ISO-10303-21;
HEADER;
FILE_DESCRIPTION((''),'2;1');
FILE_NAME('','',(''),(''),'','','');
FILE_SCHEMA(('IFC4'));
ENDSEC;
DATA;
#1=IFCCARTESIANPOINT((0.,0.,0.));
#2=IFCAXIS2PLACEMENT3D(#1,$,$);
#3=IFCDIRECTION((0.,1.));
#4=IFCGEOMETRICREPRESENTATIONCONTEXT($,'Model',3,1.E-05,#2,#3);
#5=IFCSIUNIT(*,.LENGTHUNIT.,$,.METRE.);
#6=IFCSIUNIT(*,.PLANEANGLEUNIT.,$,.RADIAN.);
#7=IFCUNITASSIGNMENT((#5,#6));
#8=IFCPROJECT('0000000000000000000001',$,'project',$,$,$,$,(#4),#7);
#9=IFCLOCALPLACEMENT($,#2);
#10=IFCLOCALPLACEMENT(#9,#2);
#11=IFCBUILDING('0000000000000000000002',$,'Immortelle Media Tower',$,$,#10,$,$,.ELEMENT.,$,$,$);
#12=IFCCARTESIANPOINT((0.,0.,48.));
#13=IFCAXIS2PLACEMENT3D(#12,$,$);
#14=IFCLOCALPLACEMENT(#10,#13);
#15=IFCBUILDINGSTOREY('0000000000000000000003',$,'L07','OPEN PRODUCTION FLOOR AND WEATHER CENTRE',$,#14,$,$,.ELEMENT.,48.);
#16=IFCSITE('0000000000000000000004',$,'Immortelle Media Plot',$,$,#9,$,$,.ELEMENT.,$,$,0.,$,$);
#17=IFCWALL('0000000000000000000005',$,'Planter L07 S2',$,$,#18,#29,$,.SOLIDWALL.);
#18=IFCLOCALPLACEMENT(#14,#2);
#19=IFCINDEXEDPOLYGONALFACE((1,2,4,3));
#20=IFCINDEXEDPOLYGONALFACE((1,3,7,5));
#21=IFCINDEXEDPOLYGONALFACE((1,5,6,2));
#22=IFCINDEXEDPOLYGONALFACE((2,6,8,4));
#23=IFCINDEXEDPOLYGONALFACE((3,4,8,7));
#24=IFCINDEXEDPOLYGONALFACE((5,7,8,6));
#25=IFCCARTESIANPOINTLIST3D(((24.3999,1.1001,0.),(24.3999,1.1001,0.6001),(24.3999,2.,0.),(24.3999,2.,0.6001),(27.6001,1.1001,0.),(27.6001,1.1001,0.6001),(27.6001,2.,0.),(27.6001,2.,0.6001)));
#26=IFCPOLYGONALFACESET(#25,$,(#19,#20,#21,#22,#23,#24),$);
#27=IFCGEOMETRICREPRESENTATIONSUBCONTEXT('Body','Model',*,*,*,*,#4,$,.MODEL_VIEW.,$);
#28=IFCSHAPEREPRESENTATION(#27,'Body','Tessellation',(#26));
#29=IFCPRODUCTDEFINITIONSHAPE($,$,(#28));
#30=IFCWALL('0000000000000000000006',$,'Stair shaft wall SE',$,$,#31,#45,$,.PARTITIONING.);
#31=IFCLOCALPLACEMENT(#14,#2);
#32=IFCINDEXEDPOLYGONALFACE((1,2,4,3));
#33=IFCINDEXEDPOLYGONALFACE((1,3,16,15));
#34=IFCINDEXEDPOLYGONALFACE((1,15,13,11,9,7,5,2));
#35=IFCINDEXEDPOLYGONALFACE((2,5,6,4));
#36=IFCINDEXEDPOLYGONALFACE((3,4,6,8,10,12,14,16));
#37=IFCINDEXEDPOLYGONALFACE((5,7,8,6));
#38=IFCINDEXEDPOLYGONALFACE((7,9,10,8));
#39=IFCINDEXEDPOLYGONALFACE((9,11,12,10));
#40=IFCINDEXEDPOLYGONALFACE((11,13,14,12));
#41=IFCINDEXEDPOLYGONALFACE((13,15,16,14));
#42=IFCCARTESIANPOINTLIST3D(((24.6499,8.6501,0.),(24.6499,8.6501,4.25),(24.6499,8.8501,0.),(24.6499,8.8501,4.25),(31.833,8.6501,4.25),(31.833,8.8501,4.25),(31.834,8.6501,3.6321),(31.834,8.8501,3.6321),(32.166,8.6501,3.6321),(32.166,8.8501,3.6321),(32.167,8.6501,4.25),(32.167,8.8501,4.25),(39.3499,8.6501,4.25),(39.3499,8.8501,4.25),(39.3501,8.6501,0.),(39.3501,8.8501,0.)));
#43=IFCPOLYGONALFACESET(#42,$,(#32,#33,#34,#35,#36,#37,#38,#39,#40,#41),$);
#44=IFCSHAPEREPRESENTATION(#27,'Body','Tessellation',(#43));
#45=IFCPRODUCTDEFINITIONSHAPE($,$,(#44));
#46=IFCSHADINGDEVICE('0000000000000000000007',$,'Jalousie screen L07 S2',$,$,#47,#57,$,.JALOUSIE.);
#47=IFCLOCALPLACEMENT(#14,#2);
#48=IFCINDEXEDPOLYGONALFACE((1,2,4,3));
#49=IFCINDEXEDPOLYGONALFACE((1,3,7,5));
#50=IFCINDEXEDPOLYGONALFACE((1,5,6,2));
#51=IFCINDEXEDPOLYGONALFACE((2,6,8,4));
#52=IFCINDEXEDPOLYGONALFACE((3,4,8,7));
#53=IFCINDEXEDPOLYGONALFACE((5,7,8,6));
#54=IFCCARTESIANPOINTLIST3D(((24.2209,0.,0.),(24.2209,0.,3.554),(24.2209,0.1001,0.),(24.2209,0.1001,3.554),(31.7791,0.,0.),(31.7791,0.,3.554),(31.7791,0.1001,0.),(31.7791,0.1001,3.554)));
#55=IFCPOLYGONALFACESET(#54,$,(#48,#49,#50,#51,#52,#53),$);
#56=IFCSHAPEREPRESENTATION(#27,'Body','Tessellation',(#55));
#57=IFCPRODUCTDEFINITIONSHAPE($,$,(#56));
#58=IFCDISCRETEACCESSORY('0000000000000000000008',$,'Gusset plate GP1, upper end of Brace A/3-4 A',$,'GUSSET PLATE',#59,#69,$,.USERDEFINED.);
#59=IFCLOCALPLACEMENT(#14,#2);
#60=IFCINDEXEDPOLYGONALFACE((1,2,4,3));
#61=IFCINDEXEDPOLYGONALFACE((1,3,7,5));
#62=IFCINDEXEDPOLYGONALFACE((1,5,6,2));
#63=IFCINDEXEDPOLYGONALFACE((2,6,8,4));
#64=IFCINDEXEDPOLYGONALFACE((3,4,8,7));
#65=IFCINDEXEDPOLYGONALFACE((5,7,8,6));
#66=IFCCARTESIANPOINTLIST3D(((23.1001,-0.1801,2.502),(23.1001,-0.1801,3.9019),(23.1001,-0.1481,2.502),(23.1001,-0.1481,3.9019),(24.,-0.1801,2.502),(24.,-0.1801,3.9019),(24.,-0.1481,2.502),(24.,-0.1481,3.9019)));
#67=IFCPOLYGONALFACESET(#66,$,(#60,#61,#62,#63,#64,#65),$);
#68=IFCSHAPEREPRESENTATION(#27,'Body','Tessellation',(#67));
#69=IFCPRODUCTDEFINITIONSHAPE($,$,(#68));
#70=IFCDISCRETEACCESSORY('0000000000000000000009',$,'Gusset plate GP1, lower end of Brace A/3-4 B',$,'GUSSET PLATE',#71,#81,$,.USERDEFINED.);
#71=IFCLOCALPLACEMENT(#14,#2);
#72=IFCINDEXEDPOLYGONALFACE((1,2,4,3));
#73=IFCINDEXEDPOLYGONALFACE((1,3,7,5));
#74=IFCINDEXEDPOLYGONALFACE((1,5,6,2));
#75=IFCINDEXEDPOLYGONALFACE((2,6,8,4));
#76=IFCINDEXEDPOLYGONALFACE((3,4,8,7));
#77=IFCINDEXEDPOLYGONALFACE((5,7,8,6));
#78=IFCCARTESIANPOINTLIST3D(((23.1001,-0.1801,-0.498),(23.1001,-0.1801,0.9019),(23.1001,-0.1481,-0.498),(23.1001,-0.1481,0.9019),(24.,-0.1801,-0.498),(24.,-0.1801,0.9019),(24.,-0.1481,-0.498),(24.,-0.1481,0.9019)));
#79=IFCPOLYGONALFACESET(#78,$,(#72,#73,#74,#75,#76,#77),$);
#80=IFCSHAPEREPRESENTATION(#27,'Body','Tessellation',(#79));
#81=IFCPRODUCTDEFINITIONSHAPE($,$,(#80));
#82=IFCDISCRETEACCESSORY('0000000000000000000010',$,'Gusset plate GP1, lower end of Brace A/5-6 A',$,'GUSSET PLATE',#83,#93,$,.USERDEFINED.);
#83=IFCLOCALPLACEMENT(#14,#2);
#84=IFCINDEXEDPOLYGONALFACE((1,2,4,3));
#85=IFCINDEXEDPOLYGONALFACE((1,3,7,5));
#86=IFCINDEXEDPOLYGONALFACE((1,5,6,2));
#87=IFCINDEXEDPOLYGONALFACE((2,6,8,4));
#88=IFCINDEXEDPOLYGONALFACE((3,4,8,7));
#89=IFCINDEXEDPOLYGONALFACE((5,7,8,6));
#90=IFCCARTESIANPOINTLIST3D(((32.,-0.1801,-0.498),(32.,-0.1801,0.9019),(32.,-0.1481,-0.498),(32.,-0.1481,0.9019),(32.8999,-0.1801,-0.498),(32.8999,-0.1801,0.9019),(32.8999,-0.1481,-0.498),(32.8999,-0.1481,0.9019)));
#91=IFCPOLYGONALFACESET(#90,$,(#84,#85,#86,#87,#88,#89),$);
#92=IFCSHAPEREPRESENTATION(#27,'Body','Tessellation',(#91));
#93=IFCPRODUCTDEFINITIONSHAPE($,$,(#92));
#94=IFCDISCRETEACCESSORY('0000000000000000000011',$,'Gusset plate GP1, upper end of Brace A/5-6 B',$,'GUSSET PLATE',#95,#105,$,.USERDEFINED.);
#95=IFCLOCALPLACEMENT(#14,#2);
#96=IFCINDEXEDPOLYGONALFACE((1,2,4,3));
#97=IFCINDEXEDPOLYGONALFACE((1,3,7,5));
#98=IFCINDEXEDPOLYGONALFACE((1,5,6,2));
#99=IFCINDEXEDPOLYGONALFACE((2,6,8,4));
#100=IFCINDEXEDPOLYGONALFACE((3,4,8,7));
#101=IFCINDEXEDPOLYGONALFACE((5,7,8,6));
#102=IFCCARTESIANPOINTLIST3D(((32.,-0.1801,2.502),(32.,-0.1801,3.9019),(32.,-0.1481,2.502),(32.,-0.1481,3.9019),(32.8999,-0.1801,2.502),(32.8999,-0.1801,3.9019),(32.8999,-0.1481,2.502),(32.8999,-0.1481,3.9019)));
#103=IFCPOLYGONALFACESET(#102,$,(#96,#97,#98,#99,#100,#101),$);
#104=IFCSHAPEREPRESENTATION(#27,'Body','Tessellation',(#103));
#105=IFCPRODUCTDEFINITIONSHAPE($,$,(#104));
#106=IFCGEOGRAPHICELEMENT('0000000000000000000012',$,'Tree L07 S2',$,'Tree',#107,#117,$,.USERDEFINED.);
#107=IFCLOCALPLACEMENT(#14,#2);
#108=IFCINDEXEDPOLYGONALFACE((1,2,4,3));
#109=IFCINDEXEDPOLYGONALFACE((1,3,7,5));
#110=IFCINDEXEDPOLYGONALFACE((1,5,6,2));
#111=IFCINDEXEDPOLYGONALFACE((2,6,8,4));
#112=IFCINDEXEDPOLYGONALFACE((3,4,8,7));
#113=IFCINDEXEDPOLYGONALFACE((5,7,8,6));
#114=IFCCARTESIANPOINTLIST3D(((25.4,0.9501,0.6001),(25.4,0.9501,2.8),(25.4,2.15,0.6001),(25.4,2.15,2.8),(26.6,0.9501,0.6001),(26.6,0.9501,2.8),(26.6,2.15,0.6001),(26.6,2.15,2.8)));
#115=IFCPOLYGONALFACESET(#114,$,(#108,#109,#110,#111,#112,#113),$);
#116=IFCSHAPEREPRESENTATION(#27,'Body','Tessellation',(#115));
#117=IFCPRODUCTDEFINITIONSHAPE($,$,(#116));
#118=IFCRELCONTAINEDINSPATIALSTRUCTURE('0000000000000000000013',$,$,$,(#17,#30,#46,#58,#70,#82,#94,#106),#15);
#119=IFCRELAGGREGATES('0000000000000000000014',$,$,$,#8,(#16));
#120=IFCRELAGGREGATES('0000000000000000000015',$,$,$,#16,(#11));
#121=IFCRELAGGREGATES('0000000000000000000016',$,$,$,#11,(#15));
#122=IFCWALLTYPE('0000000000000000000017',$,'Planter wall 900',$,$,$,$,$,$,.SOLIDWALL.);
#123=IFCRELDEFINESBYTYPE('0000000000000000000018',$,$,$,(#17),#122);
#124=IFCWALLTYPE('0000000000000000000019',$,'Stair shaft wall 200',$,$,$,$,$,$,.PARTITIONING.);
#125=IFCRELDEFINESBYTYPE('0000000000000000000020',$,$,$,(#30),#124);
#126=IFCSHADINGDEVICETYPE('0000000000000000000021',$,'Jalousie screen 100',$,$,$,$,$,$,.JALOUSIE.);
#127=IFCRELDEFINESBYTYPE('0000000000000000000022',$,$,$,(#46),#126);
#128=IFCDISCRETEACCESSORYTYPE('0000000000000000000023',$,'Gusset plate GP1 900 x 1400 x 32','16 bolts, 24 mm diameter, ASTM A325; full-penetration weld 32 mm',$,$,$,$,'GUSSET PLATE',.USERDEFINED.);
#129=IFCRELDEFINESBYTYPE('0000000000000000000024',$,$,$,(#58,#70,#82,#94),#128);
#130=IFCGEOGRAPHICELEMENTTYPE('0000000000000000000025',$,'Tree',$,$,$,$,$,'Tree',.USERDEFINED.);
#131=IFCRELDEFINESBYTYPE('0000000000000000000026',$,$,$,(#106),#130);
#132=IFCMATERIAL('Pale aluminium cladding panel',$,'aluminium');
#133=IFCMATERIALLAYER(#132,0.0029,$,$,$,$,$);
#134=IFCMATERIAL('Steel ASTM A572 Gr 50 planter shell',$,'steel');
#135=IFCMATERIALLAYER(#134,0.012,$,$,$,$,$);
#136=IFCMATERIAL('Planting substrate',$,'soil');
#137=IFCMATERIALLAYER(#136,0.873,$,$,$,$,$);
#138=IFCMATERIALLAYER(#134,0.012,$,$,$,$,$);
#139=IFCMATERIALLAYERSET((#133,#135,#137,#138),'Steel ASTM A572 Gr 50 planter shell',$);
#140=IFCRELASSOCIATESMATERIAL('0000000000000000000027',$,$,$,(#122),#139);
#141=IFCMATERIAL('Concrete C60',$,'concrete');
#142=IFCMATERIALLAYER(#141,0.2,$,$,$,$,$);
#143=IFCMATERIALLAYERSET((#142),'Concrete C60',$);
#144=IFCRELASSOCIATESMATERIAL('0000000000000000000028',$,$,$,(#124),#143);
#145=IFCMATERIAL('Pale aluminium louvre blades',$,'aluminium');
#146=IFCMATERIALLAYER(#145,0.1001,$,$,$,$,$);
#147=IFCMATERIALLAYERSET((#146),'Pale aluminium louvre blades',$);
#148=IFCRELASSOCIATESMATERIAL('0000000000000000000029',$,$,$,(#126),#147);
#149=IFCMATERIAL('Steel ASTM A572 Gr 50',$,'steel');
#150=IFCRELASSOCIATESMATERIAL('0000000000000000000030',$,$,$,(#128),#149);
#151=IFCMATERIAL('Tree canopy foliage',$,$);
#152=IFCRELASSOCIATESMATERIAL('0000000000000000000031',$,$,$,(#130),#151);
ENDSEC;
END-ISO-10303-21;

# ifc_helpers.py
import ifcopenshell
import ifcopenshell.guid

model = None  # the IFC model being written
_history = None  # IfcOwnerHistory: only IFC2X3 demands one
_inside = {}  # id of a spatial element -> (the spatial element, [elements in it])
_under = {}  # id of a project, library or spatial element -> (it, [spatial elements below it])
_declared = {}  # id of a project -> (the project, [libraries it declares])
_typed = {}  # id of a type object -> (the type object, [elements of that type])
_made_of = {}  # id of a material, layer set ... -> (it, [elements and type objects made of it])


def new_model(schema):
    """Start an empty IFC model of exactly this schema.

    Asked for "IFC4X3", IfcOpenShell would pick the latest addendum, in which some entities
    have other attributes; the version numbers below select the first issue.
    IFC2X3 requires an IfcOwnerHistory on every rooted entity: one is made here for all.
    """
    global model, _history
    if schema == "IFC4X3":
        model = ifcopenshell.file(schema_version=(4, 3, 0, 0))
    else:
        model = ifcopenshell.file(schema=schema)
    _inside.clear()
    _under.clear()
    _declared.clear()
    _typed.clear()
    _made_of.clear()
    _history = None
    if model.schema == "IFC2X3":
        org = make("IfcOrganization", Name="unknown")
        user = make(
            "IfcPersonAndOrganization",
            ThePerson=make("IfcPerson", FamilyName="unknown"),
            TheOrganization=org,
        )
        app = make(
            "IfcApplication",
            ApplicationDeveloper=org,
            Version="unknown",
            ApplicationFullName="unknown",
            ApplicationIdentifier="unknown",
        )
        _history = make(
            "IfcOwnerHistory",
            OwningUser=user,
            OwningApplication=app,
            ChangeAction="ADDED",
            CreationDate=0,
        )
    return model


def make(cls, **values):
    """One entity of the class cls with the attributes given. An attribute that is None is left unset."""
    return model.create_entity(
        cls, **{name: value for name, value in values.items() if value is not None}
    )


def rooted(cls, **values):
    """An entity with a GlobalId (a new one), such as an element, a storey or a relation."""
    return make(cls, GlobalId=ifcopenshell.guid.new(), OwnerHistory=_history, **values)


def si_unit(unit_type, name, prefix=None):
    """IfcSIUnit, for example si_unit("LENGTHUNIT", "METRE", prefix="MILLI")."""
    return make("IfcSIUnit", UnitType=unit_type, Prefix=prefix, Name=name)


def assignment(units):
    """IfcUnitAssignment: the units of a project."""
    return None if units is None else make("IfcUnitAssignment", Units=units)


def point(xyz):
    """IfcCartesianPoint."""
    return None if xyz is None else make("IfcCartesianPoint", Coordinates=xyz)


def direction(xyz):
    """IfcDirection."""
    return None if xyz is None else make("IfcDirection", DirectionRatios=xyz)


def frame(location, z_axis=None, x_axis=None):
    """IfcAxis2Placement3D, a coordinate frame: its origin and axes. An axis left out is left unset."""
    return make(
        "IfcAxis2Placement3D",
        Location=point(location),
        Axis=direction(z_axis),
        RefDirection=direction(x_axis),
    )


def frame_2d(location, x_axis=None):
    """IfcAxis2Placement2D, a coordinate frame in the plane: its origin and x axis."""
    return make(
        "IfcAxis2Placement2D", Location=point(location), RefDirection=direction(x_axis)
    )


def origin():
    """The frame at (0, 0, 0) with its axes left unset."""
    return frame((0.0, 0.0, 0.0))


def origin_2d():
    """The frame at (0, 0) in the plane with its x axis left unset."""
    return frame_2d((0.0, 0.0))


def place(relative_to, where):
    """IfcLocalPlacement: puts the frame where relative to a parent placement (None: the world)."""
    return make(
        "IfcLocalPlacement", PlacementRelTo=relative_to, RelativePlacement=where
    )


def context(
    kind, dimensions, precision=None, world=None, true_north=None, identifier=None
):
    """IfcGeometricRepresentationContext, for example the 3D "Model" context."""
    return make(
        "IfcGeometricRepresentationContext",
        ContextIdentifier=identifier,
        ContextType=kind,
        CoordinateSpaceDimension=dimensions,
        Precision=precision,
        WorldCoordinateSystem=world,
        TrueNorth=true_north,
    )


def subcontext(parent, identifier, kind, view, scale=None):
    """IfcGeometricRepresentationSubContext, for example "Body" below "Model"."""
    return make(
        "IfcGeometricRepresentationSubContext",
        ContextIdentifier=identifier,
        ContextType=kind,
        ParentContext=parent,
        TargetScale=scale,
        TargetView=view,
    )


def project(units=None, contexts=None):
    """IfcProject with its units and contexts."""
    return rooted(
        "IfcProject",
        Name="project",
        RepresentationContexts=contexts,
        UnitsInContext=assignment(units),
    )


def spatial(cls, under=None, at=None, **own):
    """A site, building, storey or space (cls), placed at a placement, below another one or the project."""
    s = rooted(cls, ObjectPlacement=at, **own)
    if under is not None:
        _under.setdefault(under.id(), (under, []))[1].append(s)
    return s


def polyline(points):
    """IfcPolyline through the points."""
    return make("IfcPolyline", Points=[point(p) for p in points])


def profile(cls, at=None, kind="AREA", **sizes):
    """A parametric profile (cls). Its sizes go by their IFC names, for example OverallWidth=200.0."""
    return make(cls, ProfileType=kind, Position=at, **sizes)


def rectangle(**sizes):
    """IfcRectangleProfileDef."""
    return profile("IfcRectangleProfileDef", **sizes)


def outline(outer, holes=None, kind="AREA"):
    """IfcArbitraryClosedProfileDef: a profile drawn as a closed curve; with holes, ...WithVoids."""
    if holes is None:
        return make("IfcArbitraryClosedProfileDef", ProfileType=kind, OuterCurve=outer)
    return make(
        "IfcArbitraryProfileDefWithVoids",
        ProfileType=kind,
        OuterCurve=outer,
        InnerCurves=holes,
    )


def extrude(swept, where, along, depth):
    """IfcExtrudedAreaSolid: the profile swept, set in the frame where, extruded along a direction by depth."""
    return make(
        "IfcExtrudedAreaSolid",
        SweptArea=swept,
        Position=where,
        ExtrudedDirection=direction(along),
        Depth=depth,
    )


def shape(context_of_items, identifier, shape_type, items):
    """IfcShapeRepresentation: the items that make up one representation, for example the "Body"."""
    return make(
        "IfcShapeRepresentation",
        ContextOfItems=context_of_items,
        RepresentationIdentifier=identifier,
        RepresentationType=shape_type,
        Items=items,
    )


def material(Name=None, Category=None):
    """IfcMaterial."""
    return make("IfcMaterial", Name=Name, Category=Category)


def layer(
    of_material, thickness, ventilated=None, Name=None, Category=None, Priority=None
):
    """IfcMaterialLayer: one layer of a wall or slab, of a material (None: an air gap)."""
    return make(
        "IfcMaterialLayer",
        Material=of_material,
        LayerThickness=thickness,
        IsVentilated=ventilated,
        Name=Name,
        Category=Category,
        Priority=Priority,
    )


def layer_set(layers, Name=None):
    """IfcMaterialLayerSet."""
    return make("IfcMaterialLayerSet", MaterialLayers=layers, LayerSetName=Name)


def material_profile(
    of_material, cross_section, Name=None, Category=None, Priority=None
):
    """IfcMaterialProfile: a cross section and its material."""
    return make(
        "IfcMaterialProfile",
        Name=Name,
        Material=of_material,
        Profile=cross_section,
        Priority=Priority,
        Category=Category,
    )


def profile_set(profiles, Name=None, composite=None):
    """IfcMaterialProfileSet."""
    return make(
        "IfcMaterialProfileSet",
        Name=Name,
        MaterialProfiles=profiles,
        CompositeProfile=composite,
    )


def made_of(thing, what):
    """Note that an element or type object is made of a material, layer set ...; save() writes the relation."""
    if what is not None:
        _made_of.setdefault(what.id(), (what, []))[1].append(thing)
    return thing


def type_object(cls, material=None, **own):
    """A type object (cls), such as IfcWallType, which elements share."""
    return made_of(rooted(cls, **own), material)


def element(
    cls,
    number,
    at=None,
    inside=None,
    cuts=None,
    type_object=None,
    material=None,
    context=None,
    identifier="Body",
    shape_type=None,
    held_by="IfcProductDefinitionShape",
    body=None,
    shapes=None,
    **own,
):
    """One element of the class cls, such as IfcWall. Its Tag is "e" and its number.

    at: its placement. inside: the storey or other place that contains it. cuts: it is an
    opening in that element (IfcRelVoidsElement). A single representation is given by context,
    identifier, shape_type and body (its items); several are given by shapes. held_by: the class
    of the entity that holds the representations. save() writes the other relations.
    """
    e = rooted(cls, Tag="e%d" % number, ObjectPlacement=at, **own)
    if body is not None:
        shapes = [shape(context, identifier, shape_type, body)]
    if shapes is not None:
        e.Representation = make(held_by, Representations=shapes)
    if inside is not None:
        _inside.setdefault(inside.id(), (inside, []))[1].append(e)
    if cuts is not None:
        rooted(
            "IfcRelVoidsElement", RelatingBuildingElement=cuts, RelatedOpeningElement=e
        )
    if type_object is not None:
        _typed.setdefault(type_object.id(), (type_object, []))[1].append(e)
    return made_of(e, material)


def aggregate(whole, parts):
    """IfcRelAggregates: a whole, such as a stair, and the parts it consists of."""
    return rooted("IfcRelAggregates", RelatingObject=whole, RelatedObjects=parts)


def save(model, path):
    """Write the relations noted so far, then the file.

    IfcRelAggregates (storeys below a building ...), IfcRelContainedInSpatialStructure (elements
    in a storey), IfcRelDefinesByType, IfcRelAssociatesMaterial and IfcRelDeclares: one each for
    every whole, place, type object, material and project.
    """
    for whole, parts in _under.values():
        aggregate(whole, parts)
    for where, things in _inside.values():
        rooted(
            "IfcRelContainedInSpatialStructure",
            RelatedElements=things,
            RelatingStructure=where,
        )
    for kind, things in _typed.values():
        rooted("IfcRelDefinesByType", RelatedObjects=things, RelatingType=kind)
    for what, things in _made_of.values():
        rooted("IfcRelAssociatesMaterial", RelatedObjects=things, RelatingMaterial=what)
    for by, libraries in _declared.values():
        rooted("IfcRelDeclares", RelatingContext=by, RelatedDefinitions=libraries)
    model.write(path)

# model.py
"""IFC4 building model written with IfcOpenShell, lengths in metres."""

from ifc_helpers import new_model, si_unit, direction, frame, frame_2d, origin, origin_2d, place, context, subcontext, project, spatial, polyline, rectangle, outline, extrude, material, layer, layer_set, material_profile, profile_set, type_object, element, save


model = new_model("IFC4")

# Units and contexts
model_context = context("Model", 3, precision=1e-05, world=origin(), true_north=direction((0.0, 1.0)))
body_context = subcontext(model_context, "Body", "Model", "MODEL_VIEW")
ifc_project = project(units=[si_unit("LENGTHUNIT", "METRE"), si_unit("PLANEANGLEUNIT", "RADIAN")], contexts=[model_context])

# Site, building, storey
site_placement = place(None, origin())
site = spatial("IfcSite", under=ifc_project, at=site_placement, Name="Immortelle Media Plot", CompositionType="ELEMENT", RefElevation=0.0)
building_placement = place(site_placement, origin())
building = spatial("IfcBuilding", under=site, at=building_placement, Name="Immortelle Media Tower", CompositionType="ELEMENT")
storey_placement = place(building_placement, frame((0.0, 0.0, 48.0)))
storey = spatial("IfcBuildingStorey", under=building, at=storey_placement, Name="L07", Description="OPEN PRODUCTION FLOOR AND WEATHER CENTRE", CompositionType="ELEMENT", Elevation=48.0)

# Shared definitions
ifc_material_1 = material(Name="Pale aluminium cladding panel", Category="aluminium")

# Walls
ifc_layer_1 = layer(ifc_material_1, 0.0029)
ifc_material_2 = material(Name="Steel ASTM A572 Gr 50 planter shell", Category="steel")
ifc_layer_2 = layer(ifc_material_2, 0.012)
ifc_material_3 = material(Name="Planting substrate", Category="soil")
ifc_layer_3 = layer(ifc_material_3, 0.873)
ifc_layer_4 = layer(ifc_material_2, 0.012)
ifc_layer_set_1 = layer_set([ifc_layer_1, ifc_layer_2, ifc_layer_3, ifc_layer_4], Name="Steel ASTM A572 Gr 50 planter shell")
wall_type_1 = type_object("IfcWallType", Name="Planter wall 900", PredefinedType="SOLIDWALL", material=ifc_layer_set_1)
wall_1_placement = place(storey_placement, frame((24.3999, 1.55, 0.0), z_axis=(0.0, 0.0, 1.0), x_axis=(1.0, 0.0, 0.0)))
element("IfcWall", 1, at=wall_1_placement, inside=storey, type_object=wall_type_1, Name="Planter L07 S2", PredefinedType="SOLIDWALL", context=body_context, shape_type="SweptSolid", body=[
    extrude(rectangle(XDim=3.2002, YDim=0.8999, at=frame_2d((1.6001, 0.0))), origin(), (0.0, 0.0, 1.0), 0.6001),
])
ifc_material_4 = material(Name="Concrete C60", Category="concrete")
ifc_layer_5 = layer(ifc_material_4, 0.2)
ifc_layer_set_2 = layer_set([ifc_layer_5], Name="Concrete C60")
wall_type_2 = type_object("IfcWallType", Name="Stair shaft wall 200", PredefinedType="PARTITIONING", material=ifc_layer_set_2)
wall_2_placement = place(storey_placement, frame((24.6499, 8.75, 0.0), z_axis=(0.0, 0.0, 1.0), x_axis=(1.0, 0.0, 0.0)))
element("IfcWall", 2, at=wall_2_placement, inside=storey, type_object=wall_type_2, Name="Stair shaft wall SE", PredefinedType="PARTITIONING", context=body_context, shape_type="SweptSolid", body=[
    extrude(outline(polyline([(0.0, 0.0), (14.7002, 0.0), (14.7, 4.25), (7.5171, 4.25), (7.5161, 3.6321), (7.1841, 3.6321), (7.1831, 4.25), (0.0, 4.25), (0.0, 0.0)])), frame((0.0, 0.1001, 0.0), z_axis=(0.0, -1.0, 0.0), x_axis=(1.0, 0.0, 0.0)), (0.0, 0.0, 1.0), 0.2),
])

# Shading device
ifc_material_5 = material(Name="Pale aluminium louvre blades", Category="aluminium")
ifc_layer_6 = layer(ifc_material_5, 0.1001)
ifc_layer_set_3 = layer_set([ifc_layer_6], Name="Pale aluminium louvre blades")
shading_device_type = type_object("IfcShadingDeviceType", Name="Jalousie screen 100", PredefinedType="JALOUSIE", material=ifc_layer_set_3)
shading_device_placement = place(storey_placement, frame((28.0, 0.05, 0.0), z_axis=(0.0, 0.0, 1.0), x_axis=(1.0, 0.0, 0.0)))
element("IfcShadingDevice", 3, at=shading_device_placement, inside=storey, type_object=shading_device_type, Name="Jalousie screen L07 S2", PredefinedType="JALOUSIE", context=body_context, shape_type="SweptSolid", body=[
    extrude(rectangle(XDim=7.5581, YDim=0.1001, at=origin_2d()), origin(), (0.0, 0.0, 1.0), 3.554),
])

# Discrete accessories
ifc_material_6 = material(Name="Steel ASTM A572 Gr 50", Category="steel")
ifc_material_profile_1 = material_profile(ifc_material_6, rectangle(XDim=0.032, YDim=1.3999, at=origin_2d()), Name="PL 32 x 1400")
ifc_profile_set_1 = profile_set([ifc_material_profile_1], Name="Steel ASTM A572 Gr 50")
discrete_accessory_type = type_object("IfcDiscreteAccessoryType", Name="Gusset plate GP1 900 x 1400 x 32", Description="16 bolts, 24 mm diameter, ASTM A325; full-penetration weld 32 mm", ElementType="GUSSET PLATE", PredefinedType="USERDEFINED", material=ifc_profile_set_1)
for number, where, z_axis, x_axis, name in (
    (4, (24.0, -0.1641, 3.2019), (-1.0, 0.0, 0.0), (0.0, -1.0, 0.0), "Gusset plate GP1, upper end of Brace A/3-4 A"),
    (5, (24.0, -0.1641, 0.2019), (-1.0, 0.0, 0.0), (0.0, -1.0, 0.0), "Gusset plate GP1, lower end of Brace A/3-4 B"),
    (6, (32.0, -0.1641, 0.2019), (1.0, 0.0, 0.0), (0.0, 1.0, 0.0), "Gusset plate GP1, lower end of Brace A/5-6 A"),
    (7, (32.0, -0.1641, 3.2019), (1.0, 0.0, 0.0), (0.0, 1.0, 0.0), "Gusset plate GP1, upper end of Brace A/5-6 B"),
):
    element("IfcDiscreteAccessory", number, at=place(storey_placement, frame(where, z_axis=z_axis, x_axis=x_axis)), inside=storey, type_object=discrete_accessory_type, Name=name, ObjectType="GUSSET PLATE", PredefinedType="USERDEFINED", context=body_context, shape_type="SweptSolid", body=[
        extrude(rectangle(XDim=0.032, YDim=1.3999, at=origin_2d()), origin(), (0.0, 0.0, 1.0), 0.8999),
    ])

# Geographic element
ifc_material_7 = material(Name="Tree canopy foliage")
geographic_element_type = type_object("IfcGeographicElementType", Name="Tree", ElementType="Tree", PredefinedType="USERDEFINED", material=ifc_material_7)
geographic_element_placement = place(storey_placement, frame((26.0, 1.55, 0.6001), z_axis=(0.0, 0.0, 1.0), x_axis=(1.0, 0.0, 0.0)))
element("IfcGeographicElement", 8, at=geographic_element_placement, inside=storey, type_object=geographic_element_type, Name="Tree L07 S2", ObjectType="Tree", PredefinedType="USERDEFINED", context=body_context, shape_type="SweptSolid", body=[
    extrude(rectangle(XDim=1.2, YDim=1.2, at=origin_2d()), origin(), (0.0, 0.0, 1.0), 2.2),
])

save(model, "model.ifc")
